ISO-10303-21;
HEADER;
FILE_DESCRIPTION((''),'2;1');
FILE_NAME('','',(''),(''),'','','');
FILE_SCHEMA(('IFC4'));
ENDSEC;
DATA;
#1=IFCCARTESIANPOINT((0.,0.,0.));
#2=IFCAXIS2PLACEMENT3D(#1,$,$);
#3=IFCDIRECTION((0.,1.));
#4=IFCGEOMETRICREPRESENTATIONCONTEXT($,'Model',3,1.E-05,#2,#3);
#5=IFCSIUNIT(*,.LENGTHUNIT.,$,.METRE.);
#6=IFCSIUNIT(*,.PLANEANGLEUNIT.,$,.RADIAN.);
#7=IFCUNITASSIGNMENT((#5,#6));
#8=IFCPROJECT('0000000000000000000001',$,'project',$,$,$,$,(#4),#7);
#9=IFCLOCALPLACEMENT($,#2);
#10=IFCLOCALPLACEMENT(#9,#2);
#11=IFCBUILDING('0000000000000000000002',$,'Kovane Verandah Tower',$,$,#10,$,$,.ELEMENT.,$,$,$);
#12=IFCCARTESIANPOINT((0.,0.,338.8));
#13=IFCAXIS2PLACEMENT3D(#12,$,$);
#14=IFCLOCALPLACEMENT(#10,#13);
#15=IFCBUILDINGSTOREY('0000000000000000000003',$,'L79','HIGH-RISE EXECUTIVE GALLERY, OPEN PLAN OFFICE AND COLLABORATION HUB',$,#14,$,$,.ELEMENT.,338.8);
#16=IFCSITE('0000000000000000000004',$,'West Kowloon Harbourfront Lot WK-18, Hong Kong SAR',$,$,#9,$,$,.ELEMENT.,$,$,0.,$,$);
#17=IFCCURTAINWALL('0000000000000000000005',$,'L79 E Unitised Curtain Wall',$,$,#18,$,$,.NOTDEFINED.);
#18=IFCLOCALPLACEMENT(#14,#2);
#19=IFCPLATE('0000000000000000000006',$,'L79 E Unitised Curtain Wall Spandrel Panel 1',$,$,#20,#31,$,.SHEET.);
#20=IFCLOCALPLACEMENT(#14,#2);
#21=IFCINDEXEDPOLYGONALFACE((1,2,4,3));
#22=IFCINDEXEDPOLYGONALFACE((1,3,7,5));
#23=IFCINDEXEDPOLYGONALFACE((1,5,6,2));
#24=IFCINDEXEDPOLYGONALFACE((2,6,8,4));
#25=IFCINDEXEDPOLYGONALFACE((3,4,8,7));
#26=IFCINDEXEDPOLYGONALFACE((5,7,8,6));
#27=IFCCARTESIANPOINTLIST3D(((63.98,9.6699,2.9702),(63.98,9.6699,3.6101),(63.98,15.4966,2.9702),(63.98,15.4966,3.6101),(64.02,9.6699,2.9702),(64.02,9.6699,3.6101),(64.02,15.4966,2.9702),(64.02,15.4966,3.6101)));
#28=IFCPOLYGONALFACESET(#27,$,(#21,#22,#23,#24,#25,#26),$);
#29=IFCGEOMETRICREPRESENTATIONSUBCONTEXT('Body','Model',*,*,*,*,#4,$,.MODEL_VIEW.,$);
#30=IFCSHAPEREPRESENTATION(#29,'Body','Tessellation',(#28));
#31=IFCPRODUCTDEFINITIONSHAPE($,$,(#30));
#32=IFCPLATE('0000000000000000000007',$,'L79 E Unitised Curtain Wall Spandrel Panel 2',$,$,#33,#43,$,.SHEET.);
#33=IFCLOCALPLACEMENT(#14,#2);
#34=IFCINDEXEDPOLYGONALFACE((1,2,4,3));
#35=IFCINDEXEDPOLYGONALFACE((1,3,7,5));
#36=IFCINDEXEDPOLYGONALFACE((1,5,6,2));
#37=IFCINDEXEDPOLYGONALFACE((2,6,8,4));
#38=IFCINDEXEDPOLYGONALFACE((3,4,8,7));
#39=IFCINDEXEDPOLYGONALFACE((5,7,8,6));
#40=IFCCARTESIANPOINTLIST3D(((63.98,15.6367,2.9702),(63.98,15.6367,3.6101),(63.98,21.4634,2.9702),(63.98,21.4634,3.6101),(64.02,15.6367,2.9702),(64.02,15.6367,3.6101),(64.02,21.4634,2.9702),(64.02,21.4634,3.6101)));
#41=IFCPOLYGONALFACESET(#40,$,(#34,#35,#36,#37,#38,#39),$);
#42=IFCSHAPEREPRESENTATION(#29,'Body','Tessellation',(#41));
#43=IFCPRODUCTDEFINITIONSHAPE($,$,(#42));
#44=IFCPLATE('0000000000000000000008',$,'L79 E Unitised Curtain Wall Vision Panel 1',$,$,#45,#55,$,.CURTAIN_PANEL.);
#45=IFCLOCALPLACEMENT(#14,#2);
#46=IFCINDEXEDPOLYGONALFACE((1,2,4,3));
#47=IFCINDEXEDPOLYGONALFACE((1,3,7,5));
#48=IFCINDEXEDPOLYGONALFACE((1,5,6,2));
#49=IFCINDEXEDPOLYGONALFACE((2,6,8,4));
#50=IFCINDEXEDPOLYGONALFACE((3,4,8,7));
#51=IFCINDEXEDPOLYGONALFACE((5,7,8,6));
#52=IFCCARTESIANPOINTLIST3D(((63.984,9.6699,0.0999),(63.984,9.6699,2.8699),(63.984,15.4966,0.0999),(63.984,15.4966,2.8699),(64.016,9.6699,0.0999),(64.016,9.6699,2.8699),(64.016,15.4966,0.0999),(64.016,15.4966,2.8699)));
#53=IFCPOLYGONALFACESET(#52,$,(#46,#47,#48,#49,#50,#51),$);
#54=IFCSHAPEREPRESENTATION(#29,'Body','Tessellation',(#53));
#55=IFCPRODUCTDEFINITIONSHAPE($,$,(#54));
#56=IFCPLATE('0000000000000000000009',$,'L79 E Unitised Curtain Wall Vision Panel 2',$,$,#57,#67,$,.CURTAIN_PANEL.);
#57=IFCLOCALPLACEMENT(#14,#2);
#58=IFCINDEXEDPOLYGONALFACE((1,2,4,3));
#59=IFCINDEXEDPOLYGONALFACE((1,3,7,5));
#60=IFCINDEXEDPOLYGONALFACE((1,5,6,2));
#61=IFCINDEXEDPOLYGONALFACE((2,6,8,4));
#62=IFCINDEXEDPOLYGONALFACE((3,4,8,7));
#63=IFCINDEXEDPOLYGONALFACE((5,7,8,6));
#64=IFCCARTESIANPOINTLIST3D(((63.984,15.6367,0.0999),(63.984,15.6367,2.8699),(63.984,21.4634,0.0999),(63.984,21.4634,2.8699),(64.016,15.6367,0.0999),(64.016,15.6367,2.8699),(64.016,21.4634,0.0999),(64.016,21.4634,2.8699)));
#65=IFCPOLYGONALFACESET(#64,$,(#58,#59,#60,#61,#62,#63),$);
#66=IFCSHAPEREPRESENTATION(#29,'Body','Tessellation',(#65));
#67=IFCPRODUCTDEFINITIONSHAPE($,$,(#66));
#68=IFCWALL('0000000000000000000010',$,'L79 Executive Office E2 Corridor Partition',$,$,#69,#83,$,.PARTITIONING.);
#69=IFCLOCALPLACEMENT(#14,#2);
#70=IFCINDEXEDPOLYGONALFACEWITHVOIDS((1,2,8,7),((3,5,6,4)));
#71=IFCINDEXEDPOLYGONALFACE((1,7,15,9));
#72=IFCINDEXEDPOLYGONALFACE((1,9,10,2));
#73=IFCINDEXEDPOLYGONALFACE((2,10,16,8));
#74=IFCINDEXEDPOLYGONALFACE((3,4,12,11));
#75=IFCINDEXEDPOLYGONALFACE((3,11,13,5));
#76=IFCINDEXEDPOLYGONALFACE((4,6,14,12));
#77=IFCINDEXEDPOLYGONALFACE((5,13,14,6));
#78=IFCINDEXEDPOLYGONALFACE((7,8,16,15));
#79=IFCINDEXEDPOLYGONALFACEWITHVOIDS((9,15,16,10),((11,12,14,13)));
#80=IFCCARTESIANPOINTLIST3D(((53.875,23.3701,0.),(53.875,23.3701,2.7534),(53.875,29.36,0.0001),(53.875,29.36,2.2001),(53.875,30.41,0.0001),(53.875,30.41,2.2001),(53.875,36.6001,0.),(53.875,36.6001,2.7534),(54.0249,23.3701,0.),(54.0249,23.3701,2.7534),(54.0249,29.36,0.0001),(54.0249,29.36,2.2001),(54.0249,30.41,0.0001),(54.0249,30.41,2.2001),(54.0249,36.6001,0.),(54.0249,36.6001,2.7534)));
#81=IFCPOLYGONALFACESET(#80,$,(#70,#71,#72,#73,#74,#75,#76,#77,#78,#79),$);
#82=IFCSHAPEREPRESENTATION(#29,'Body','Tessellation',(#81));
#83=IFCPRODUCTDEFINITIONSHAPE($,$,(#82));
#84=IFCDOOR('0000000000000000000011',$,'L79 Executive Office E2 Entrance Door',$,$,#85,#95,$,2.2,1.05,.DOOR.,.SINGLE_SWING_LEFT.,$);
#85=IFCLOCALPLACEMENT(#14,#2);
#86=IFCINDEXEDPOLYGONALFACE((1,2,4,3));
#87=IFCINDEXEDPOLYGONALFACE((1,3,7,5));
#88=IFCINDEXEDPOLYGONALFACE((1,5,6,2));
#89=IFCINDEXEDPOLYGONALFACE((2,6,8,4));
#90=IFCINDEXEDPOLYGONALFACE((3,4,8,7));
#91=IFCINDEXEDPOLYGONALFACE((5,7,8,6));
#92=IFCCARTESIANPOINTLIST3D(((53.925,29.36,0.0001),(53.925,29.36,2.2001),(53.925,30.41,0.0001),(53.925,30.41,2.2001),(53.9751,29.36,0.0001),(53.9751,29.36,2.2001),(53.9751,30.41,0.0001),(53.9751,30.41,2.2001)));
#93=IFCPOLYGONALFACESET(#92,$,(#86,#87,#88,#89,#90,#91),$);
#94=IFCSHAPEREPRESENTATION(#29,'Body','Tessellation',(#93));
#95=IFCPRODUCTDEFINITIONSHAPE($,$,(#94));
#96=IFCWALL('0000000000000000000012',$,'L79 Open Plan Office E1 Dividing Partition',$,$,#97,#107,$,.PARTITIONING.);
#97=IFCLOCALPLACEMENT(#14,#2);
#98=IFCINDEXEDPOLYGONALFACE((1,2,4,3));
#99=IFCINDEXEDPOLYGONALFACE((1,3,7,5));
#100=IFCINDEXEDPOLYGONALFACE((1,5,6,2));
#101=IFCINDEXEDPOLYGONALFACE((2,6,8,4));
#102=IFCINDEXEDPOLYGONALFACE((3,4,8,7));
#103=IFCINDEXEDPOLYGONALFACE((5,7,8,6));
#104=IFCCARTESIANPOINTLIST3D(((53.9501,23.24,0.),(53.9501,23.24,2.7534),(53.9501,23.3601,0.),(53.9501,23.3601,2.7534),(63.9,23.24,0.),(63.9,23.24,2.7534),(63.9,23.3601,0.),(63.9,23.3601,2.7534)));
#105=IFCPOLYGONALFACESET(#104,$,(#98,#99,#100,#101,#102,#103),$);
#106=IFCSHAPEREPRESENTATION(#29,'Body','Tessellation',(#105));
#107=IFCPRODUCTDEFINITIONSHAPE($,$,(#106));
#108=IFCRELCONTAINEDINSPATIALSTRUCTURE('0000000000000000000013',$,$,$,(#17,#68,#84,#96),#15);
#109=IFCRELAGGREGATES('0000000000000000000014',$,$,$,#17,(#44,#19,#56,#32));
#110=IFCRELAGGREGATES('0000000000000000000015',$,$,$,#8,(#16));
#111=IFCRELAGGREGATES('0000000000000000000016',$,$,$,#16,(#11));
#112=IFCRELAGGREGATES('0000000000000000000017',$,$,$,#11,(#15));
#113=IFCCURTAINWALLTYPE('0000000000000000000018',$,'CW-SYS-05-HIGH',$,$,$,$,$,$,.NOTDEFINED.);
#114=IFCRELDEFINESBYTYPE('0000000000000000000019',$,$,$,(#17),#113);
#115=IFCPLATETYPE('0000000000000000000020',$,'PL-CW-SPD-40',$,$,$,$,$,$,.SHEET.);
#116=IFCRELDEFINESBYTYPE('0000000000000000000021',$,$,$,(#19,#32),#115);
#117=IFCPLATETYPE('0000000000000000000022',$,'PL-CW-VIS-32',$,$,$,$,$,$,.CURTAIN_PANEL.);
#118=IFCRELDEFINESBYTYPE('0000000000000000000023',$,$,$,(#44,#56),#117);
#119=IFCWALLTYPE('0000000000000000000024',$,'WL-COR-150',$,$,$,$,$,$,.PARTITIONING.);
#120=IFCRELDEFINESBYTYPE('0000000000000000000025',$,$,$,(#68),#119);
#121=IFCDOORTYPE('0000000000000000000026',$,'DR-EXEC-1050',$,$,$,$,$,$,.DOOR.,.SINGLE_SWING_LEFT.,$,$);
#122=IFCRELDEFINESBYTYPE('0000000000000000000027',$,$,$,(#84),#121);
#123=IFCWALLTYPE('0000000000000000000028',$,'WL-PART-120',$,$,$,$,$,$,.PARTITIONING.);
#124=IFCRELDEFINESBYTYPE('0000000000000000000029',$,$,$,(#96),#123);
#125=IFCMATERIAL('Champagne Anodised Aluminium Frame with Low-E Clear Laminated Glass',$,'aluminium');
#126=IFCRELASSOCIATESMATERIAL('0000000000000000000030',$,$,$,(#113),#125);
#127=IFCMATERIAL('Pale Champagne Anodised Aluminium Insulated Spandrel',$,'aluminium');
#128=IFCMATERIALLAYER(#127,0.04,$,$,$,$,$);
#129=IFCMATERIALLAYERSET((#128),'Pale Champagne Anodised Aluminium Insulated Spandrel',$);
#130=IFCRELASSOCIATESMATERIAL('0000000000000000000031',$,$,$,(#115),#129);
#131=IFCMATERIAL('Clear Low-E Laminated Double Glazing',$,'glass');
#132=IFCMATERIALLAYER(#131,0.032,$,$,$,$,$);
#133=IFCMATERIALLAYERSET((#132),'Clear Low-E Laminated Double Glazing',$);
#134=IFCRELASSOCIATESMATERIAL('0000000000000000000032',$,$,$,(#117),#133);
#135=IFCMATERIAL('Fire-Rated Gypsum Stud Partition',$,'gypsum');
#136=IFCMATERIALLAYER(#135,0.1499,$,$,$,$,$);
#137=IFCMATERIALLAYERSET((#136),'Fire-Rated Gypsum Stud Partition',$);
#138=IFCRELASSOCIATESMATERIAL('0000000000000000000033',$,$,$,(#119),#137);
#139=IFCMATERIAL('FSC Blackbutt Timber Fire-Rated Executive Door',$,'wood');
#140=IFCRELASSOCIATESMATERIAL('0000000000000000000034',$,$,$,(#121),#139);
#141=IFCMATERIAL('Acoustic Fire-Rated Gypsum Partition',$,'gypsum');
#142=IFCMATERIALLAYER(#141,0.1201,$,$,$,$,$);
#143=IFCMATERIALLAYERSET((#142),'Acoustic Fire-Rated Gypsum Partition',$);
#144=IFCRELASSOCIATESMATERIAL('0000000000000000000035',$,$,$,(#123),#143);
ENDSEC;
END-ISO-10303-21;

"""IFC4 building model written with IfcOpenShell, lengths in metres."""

from ifc_helpers import new_model, si_unit, direction, frame, frame_2d, origin, origin_2d, place, context, subcontext, project, spatial, rectangle, extrude, material, layer, layer_set, type_object, element, fill, aggregate, save


model = new_model("IFC4")

# Units and contexts
model_context = context("Model", 3, precision=1e-05, world=origin(), true_north=direction((0.0, 1.0)))
body_context = subcontext(model_context, "Body", "Model", "MODEL_VIEW")
ifc_project = project(units=[si_unit("LENGTHUNIT", "METRE"), si_unit("PLANEANGLEUNIT", "RADIAN")], contexts=[model_context])

# Site, building, storey
site_placement = place(None, origin())
site = spatial("IfcSite", under=ifc_project, at=site_placement, Name="West Kowloon Harbourfront Lot WK-18, Hong Kong SAR", CompositionType="ELEMENT", RefElevation=0.0)
building_placement = place(site_placement, origin())
building = spatial("IfcBuilding", under=site, at=building_placement, Name="Kovane Verandah Tower", CompositionType="ELEMENT")
storey_placement = place(building_placement, frame((0.0, 0.0, 338.8)))
storey = spatial("IfcBuildingStorey", under=building, at=storey_placement, Name="L79", Description="HIGH-RISE EXECUTIVE GALLERY, OPEN PLAN OFFICE AND COLLABORATION HUB", CompositionType="ELEMENT", Elevation=338.8)

# Curtain wall, plates
ifc_material_1 = material(Name="Champagne Anodised Aluminium Frame with Low-E Clear Laminated Glass", Category="aluminium")
curtain_wall_type = type_object("IfcCurtainWallType", Name="CW-SYS-05-HIGH", PredefinedType="NOTDEFINED", material=ifc_material_1)
curtain_wall_placement = place(storey_placement, origin())
curtain_wall = element("IfcCurtainWall", 1, at=curtain_wall_placement, inside=storey, type_object=curtain_wall_type, Name="L79 E Unitised Curtain Wall", PredefinedType="NOTDEFINED")
ifc_material_2 = material(Name="Pale Champagne Anodised Aluminium Insulated Spandrel", Category="aluminium")
ifc_layer_1 = layer(ifc_material_2, 0.04)
ifc_layer_set_1 = layer_set([ifc_layer_1], Name="Pale Champagne Anodised Aluminium Insulated Spandrel")
plate_type_1 = type_object("IfcPlateType", Name="PL-CW-SPD-40", PredefinedType="SHEET", material=ifc_layer_set_1)
plate_1_placement = place(storey_placement, frame((64.0, 12.5833, 2.9702), z_axis=(0.0, 0.0, 1.0), x_axis=(0.0, 1.0, 0.0)))
plate_1 = element("IfcPlate", 2, at=plate_1_placement, type_object=plate_type_1, Name="L79 E Unitised Curtain Wall Spandrel Panel 1", PredefinedType="SHEET", context=body_context, shape_type="SweptSolid", body=[
    extrude(rectangle(XDim=5.8267, YDim=0.04, at=origin_2d()), origin(), (0.0, 0.0, 1.0), 0.6399),
])
plate_2_placement = place(storey_placement, frame((64.0, 18.55, 2.9702), z_axis=(0.0, 0.0, 1.0), x_axis=(0.0, 1.0, 0.0)))
plate_2 = element("IfcPlate", 3, at=plate_2_placement, type_object=plate_type_1, Name="L79 E Unitised Curtain Wall Spandrel Panel 2", PredefinedType="SHEET", context=body_context, shape_type="SweptSolid", body=[
    extrude(rectangle(XDim=5.8267, YDim=0.04, at=origin_2d()), origin(), (0.0, 0.0, 1.0), 0.6399),
])
ifc_material_3 = material(Name="Clear Low-E Laminated Double Glazing", Category="glass")
ifc_layer_2 = layer(ifc_material_3, 0.032)
ifc_layer_set_2 = layer_set([ifc_layer_2], Name="Clear Low-E Laminated Double Glazing")
plate_type_2 = type_object("IfcPlateType", Name="PL-CW-VIS-32", PredefinedType="CURTAIN_PANEL", material=ifc_layer_set_2)
plate_3_placement = place(storey_placement, frame((64.0, 12.5833, 0.0999), z_axis=(0.0, 0.0, 1.0), x_axis=(0.0, 1.0, 0.0)))
plate_3 = element("IfcPlate", 4, at=plate_3_placement, type_object=plate_type_2, Name="L79 E Unitised Curtain Wall Vision Panel 1", PredefinedType="CURTAIN_PANEL", context=body_context, shape_type="SweptSolid", body=[
    extrude(rectangle(XDim=5.8267, YDim=0.032, at=origin_2d()), origin(), (0.0, 0.0, 1.0), 2.77),
])
plate_4_placement = place(storey_placement, frame((64.0, 18.55, 0.0999), z_axis=(0.0, 0.0, 1.0), x_axis=(0.0, 1.0, 0.0)))
plate_4 = element("IfcPlate", 5, at=plate_4_placement, type_object=plate_type_2, Name="L79 E Unitised Curtain Wall Vision Panel 2", PredefinedType="CURTAIN_PANEL", context=body_context, shape_type="SweptSolid", body=[
    extrude(rectangle(XDim=5.8267, YDim=0.032, at=origin_2d()), origin(), (0.0, 0.0, 1.0), 2.77),
])
aggregate(curtain_wall, [plate_3, plate_1, plate_4, plate_2])

# Wall, opening, door
ifc_material_4 = material(Name="Fire-Rated Gypsum Stud Partition", Category="gypsum")
ifc_layer_3 = layer(ifc_material_4, 0.1499)
ifc_layer_set_3 = layer_set([ifc_layer_3], Name="Fire-Rated Gypsum Stud Partition")
wall_type_1 = type_object("IfcWallType", Name="WL-COR-150", PredefinedType="PARTITIONING", material=ifc_layer_set_3)
wall_1_placement = place(storey_placement, frame((53.95, 23.3701, 0.0), z_axis=(0.0, 0.0, 1.0), x_axis=(0.0, 1.0, 0.0)))
wall_1 = element("IfcWall", 6, at=wall_1_placement, inside=storey, type_object=wall_type_1, Name="L79 Executive Office E2 Corridor Partition", PredefinedType="PARTITIONING", context=body_context, shape_type="SweptSolid", body=[
    extrude(rectangle(XDim=13.23, YDim=0.1499, at=frame_2d((6.615, 0.0))), origin(), (0.0, 0.0, 1.0), 2.7534),
])
opening_placement = place(wall_1_placement, frame((5.99, 0.0, 0.0)))
opening = element("IfcOpeningElement", 7, at=opening_placement, cuts=wall_1, PredefinedType="OPENING", context=body_context, shape_type="SweptSolid", body=[
    extrude(rectangle(XDim=1.05, YDim=2.2, at=frame_2d((0.5249, 1.1001))), frame((0.0, 0.075, 0.0), z_axis=(0.0, -1.0, 0.0), x_axis=(1.0, 0.0, 0.0)), (0.0, 0.0, 1.0), 0.1499),
])
ifc_material_5 = material(Name="FSC Blackbutt Timber Fire-Rated Executive Door", Category="wood")
door_type = type_object("IfcDoorType", Name="DR-EXEC-1050", OperationType="SINGLE_SWING_LEFT", PredefinedType="DOOR", material=ifc_material_5)
door_placement = place(opening_placement, origin())
door = element("IfcDoor", 8, at=door_placement, inside=storey, type_object=door_type, Name="L79 Executive Office E2 Entrance Door", OperationType="SINGLE_SWING_LEFT", OverallHeight=2.2, OverallWidth=1.05, PredefinedType="DOOR", context=body_context, shape_type="SweptSolid", body=[
    extrude(rectangle(XDim=1.05, YDim=2.2, at=frame_2d((0.5249, 1.1001))), frame((0.0, 0.0249, 0.0), z_axis=(0.0, -1.0, 0.0), x_axis=(1.0, 0.0, 0.0)), (0.0, 0.0, 1.0), 0.05),
])
fill(opening, door)

# Wall
ifc_material_6 = material(Name="Acoustic Fire-Rated Gypsum Partition", Category="gypsum")
ifc_layer_4 = layer(ifc_material_6, 0.1201)
ifc_layer_set_4 = layer_set([ifc_layer_4], Name="Acoustic Fire-Rated Gypsum Partition")
wall_type_2 = type_object("IfcWallType", Name="WL-PART-120", PredefinedType="PARTITIONING", material=ifc_layer_set_4)
wall_2_placement = place(storey_placement, frame((53.95, 23.3, 0.0), z_axis=(0.0, 0.0, 1.0), x_axis=(1.0, 0.0, 0.0)))
element("IfcWall", 9, at=wall_2_placement, inside=storey, type_object=wall_type_2, Name="L79 Open Plan Office E1 Dividing Partition", PredefinedType="PARTITIONING", context=body_context, shape_type="SweptSolid", body=[
    extrude(rectangle(XDim=9.95, YDim=0.1201, at=frame_2d((4.9751, 0.0))), origin(), (0.0, 0.0, 1.0), 2.7534),
])

save(model, "model.ifc")
